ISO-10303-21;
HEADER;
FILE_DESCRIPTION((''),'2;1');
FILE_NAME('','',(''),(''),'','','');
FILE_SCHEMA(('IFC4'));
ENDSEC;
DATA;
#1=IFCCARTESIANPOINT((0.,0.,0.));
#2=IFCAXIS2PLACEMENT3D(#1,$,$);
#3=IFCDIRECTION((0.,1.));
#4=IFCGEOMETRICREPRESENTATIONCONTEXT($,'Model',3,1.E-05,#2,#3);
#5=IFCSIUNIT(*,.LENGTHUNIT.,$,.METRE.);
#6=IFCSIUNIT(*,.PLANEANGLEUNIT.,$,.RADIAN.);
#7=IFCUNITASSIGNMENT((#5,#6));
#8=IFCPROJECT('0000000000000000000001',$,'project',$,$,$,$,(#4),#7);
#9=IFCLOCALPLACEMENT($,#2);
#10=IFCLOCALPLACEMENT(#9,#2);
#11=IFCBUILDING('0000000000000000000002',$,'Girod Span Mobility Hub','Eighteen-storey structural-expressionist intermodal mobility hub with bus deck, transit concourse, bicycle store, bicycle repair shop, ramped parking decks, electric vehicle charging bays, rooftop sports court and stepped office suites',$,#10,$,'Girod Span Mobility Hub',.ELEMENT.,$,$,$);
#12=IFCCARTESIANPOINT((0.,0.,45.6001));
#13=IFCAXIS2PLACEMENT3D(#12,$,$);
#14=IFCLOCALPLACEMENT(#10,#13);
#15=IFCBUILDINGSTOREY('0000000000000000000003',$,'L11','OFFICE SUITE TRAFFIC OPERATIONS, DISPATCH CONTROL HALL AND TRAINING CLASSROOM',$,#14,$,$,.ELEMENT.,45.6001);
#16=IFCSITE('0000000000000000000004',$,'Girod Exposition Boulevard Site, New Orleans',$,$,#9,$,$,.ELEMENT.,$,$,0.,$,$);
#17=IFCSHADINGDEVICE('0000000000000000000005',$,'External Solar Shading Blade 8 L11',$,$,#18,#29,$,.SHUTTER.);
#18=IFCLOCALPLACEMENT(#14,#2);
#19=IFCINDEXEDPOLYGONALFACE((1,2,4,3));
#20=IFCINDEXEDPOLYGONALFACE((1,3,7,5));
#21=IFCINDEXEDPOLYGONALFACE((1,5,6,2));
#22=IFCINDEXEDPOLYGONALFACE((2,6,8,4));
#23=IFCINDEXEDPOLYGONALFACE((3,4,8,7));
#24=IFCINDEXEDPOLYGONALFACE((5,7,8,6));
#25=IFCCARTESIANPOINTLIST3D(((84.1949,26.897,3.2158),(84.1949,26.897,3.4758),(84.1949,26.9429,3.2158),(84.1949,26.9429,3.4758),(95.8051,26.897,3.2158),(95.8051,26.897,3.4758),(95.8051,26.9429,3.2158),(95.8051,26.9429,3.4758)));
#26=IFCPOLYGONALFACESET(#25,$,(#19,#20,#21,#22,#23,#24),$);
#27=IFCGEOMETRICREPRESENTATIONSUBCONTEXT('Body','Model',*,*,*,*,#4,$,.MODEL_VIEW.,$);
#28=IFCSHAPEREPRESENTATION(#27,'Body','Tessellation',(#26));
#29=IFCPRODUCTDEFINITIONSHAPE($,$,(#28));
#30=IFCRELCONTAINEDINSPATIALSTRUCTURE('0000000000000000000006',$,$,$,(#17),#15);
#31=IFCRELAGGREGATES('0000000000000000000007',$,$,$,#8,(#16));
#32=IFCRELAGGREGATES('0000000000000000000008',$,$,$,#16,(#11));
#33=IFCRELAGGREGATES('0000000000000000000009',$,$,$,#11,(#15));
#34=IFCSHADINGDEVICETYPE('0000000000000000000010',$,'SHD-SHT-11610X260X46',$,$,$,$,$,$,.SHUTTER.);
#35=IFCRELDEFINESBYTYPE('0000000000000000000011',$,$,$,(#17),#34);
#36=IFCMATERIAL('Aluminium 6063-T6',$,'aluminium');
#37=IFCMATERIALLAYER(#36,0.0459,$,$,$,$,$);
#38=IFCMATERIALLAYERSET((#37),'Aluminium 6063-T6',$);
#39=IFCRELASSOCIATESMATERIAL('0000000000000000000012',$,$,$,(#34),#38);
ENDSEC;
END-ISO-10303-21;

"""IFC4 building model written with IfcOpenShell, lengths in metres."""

from ifc_helpers import new_model, si_unit, direction, frame, origin, origin_2d, place, context, subcontext, project, spatial, rectangle, extrude, material, layer, layer_set, type_object, element, save


model = new_model("IFC4")

# Units and contexts
model_context = context("Model", 3, precision=1e-05, world=origin(), true_north=direction((0.0, 1.0)))
body_context = subcontext(model_context, "Body", "Model", "MODEL_VIEW")
ifc_project = project(units=[si_unit("LENGTHUNIT", "METRE"), si_unit("PLANEANGLEUNIT", "RADIAN")], contexts=[model_context])

# Site, building, storey
site_placement = place(None, origin())
site = spatial("IfcSite", under=ifc_project, at=site_placement, Name="Girod Exposition Boulevard Site, New Orleans", CompositionType="ELEMENT", RefElevation=0.0)
building_placement = place(site_placement, origin())
building = spatial("IfcBuilding", under=site, at=building_placement, Name="Girod Span Mobility Hub", Description="Eighteen-storey structural-expressionist intermodal mobility hub with bus deck, transit concourse, bicycle store, bicycle repair shop, ramped parking decks, electric vehicle charging bays, rooftop sports court and stepped office suites", LongName="Girod Span Mobility Hub", CompositionType="ELEMENT")
storey_placement = place(building_placement, frame((0.0, 0.0, 45.6001)))
storey = spatial("IfcBuildingStorey", under=building, at=storey_placement, Name="L11", Description="OFFICE SUITE TRAFFIC OPERATIONS, DISPATCH CONTROL HALL AND TRAINING CLASSROOM", CompositionType="ELEMENT", Elevation=45.6001)

# Shading device
ifc_material_1 = material(Name="Aluminium 6063-T6", Category="aluminium")
ifc_layer_1 = layer(ifc_material_1, 0.0459)
ifc_layer_set_1 = layer_set([ifc_layer_1], Name="Aluminium 6063-T6")
shading_device_type = type_object("IfcShadingDeviceType", Name="SHD-SHT-11610X260X46", PredefinedType="SHUTTER", material=ifc_layer_set_1)
shading_device_placement = place(storey_placement, frame((90.0, 26.9199, 3.2158), z_axis=(0.0, 0.0, 1.0), x_axis=(1.0, 0.0, 0.0)))
element("IfcShadingDevice", 1, at=shading_device_placement, inside=storey, type_object=shading_device_type, Name="External Solar Shading Blade 8 L11", PredefinedType="SHUTTER", context=body_context, shape_type="SweptSolid", body=[
    extrude(rectangle(XDim=11.6101, YDim=0.0459, at=origin_2d()), origin(), (0.0, 0.0, 1.0), 0.26),
])

save(model, "model.ifc")
